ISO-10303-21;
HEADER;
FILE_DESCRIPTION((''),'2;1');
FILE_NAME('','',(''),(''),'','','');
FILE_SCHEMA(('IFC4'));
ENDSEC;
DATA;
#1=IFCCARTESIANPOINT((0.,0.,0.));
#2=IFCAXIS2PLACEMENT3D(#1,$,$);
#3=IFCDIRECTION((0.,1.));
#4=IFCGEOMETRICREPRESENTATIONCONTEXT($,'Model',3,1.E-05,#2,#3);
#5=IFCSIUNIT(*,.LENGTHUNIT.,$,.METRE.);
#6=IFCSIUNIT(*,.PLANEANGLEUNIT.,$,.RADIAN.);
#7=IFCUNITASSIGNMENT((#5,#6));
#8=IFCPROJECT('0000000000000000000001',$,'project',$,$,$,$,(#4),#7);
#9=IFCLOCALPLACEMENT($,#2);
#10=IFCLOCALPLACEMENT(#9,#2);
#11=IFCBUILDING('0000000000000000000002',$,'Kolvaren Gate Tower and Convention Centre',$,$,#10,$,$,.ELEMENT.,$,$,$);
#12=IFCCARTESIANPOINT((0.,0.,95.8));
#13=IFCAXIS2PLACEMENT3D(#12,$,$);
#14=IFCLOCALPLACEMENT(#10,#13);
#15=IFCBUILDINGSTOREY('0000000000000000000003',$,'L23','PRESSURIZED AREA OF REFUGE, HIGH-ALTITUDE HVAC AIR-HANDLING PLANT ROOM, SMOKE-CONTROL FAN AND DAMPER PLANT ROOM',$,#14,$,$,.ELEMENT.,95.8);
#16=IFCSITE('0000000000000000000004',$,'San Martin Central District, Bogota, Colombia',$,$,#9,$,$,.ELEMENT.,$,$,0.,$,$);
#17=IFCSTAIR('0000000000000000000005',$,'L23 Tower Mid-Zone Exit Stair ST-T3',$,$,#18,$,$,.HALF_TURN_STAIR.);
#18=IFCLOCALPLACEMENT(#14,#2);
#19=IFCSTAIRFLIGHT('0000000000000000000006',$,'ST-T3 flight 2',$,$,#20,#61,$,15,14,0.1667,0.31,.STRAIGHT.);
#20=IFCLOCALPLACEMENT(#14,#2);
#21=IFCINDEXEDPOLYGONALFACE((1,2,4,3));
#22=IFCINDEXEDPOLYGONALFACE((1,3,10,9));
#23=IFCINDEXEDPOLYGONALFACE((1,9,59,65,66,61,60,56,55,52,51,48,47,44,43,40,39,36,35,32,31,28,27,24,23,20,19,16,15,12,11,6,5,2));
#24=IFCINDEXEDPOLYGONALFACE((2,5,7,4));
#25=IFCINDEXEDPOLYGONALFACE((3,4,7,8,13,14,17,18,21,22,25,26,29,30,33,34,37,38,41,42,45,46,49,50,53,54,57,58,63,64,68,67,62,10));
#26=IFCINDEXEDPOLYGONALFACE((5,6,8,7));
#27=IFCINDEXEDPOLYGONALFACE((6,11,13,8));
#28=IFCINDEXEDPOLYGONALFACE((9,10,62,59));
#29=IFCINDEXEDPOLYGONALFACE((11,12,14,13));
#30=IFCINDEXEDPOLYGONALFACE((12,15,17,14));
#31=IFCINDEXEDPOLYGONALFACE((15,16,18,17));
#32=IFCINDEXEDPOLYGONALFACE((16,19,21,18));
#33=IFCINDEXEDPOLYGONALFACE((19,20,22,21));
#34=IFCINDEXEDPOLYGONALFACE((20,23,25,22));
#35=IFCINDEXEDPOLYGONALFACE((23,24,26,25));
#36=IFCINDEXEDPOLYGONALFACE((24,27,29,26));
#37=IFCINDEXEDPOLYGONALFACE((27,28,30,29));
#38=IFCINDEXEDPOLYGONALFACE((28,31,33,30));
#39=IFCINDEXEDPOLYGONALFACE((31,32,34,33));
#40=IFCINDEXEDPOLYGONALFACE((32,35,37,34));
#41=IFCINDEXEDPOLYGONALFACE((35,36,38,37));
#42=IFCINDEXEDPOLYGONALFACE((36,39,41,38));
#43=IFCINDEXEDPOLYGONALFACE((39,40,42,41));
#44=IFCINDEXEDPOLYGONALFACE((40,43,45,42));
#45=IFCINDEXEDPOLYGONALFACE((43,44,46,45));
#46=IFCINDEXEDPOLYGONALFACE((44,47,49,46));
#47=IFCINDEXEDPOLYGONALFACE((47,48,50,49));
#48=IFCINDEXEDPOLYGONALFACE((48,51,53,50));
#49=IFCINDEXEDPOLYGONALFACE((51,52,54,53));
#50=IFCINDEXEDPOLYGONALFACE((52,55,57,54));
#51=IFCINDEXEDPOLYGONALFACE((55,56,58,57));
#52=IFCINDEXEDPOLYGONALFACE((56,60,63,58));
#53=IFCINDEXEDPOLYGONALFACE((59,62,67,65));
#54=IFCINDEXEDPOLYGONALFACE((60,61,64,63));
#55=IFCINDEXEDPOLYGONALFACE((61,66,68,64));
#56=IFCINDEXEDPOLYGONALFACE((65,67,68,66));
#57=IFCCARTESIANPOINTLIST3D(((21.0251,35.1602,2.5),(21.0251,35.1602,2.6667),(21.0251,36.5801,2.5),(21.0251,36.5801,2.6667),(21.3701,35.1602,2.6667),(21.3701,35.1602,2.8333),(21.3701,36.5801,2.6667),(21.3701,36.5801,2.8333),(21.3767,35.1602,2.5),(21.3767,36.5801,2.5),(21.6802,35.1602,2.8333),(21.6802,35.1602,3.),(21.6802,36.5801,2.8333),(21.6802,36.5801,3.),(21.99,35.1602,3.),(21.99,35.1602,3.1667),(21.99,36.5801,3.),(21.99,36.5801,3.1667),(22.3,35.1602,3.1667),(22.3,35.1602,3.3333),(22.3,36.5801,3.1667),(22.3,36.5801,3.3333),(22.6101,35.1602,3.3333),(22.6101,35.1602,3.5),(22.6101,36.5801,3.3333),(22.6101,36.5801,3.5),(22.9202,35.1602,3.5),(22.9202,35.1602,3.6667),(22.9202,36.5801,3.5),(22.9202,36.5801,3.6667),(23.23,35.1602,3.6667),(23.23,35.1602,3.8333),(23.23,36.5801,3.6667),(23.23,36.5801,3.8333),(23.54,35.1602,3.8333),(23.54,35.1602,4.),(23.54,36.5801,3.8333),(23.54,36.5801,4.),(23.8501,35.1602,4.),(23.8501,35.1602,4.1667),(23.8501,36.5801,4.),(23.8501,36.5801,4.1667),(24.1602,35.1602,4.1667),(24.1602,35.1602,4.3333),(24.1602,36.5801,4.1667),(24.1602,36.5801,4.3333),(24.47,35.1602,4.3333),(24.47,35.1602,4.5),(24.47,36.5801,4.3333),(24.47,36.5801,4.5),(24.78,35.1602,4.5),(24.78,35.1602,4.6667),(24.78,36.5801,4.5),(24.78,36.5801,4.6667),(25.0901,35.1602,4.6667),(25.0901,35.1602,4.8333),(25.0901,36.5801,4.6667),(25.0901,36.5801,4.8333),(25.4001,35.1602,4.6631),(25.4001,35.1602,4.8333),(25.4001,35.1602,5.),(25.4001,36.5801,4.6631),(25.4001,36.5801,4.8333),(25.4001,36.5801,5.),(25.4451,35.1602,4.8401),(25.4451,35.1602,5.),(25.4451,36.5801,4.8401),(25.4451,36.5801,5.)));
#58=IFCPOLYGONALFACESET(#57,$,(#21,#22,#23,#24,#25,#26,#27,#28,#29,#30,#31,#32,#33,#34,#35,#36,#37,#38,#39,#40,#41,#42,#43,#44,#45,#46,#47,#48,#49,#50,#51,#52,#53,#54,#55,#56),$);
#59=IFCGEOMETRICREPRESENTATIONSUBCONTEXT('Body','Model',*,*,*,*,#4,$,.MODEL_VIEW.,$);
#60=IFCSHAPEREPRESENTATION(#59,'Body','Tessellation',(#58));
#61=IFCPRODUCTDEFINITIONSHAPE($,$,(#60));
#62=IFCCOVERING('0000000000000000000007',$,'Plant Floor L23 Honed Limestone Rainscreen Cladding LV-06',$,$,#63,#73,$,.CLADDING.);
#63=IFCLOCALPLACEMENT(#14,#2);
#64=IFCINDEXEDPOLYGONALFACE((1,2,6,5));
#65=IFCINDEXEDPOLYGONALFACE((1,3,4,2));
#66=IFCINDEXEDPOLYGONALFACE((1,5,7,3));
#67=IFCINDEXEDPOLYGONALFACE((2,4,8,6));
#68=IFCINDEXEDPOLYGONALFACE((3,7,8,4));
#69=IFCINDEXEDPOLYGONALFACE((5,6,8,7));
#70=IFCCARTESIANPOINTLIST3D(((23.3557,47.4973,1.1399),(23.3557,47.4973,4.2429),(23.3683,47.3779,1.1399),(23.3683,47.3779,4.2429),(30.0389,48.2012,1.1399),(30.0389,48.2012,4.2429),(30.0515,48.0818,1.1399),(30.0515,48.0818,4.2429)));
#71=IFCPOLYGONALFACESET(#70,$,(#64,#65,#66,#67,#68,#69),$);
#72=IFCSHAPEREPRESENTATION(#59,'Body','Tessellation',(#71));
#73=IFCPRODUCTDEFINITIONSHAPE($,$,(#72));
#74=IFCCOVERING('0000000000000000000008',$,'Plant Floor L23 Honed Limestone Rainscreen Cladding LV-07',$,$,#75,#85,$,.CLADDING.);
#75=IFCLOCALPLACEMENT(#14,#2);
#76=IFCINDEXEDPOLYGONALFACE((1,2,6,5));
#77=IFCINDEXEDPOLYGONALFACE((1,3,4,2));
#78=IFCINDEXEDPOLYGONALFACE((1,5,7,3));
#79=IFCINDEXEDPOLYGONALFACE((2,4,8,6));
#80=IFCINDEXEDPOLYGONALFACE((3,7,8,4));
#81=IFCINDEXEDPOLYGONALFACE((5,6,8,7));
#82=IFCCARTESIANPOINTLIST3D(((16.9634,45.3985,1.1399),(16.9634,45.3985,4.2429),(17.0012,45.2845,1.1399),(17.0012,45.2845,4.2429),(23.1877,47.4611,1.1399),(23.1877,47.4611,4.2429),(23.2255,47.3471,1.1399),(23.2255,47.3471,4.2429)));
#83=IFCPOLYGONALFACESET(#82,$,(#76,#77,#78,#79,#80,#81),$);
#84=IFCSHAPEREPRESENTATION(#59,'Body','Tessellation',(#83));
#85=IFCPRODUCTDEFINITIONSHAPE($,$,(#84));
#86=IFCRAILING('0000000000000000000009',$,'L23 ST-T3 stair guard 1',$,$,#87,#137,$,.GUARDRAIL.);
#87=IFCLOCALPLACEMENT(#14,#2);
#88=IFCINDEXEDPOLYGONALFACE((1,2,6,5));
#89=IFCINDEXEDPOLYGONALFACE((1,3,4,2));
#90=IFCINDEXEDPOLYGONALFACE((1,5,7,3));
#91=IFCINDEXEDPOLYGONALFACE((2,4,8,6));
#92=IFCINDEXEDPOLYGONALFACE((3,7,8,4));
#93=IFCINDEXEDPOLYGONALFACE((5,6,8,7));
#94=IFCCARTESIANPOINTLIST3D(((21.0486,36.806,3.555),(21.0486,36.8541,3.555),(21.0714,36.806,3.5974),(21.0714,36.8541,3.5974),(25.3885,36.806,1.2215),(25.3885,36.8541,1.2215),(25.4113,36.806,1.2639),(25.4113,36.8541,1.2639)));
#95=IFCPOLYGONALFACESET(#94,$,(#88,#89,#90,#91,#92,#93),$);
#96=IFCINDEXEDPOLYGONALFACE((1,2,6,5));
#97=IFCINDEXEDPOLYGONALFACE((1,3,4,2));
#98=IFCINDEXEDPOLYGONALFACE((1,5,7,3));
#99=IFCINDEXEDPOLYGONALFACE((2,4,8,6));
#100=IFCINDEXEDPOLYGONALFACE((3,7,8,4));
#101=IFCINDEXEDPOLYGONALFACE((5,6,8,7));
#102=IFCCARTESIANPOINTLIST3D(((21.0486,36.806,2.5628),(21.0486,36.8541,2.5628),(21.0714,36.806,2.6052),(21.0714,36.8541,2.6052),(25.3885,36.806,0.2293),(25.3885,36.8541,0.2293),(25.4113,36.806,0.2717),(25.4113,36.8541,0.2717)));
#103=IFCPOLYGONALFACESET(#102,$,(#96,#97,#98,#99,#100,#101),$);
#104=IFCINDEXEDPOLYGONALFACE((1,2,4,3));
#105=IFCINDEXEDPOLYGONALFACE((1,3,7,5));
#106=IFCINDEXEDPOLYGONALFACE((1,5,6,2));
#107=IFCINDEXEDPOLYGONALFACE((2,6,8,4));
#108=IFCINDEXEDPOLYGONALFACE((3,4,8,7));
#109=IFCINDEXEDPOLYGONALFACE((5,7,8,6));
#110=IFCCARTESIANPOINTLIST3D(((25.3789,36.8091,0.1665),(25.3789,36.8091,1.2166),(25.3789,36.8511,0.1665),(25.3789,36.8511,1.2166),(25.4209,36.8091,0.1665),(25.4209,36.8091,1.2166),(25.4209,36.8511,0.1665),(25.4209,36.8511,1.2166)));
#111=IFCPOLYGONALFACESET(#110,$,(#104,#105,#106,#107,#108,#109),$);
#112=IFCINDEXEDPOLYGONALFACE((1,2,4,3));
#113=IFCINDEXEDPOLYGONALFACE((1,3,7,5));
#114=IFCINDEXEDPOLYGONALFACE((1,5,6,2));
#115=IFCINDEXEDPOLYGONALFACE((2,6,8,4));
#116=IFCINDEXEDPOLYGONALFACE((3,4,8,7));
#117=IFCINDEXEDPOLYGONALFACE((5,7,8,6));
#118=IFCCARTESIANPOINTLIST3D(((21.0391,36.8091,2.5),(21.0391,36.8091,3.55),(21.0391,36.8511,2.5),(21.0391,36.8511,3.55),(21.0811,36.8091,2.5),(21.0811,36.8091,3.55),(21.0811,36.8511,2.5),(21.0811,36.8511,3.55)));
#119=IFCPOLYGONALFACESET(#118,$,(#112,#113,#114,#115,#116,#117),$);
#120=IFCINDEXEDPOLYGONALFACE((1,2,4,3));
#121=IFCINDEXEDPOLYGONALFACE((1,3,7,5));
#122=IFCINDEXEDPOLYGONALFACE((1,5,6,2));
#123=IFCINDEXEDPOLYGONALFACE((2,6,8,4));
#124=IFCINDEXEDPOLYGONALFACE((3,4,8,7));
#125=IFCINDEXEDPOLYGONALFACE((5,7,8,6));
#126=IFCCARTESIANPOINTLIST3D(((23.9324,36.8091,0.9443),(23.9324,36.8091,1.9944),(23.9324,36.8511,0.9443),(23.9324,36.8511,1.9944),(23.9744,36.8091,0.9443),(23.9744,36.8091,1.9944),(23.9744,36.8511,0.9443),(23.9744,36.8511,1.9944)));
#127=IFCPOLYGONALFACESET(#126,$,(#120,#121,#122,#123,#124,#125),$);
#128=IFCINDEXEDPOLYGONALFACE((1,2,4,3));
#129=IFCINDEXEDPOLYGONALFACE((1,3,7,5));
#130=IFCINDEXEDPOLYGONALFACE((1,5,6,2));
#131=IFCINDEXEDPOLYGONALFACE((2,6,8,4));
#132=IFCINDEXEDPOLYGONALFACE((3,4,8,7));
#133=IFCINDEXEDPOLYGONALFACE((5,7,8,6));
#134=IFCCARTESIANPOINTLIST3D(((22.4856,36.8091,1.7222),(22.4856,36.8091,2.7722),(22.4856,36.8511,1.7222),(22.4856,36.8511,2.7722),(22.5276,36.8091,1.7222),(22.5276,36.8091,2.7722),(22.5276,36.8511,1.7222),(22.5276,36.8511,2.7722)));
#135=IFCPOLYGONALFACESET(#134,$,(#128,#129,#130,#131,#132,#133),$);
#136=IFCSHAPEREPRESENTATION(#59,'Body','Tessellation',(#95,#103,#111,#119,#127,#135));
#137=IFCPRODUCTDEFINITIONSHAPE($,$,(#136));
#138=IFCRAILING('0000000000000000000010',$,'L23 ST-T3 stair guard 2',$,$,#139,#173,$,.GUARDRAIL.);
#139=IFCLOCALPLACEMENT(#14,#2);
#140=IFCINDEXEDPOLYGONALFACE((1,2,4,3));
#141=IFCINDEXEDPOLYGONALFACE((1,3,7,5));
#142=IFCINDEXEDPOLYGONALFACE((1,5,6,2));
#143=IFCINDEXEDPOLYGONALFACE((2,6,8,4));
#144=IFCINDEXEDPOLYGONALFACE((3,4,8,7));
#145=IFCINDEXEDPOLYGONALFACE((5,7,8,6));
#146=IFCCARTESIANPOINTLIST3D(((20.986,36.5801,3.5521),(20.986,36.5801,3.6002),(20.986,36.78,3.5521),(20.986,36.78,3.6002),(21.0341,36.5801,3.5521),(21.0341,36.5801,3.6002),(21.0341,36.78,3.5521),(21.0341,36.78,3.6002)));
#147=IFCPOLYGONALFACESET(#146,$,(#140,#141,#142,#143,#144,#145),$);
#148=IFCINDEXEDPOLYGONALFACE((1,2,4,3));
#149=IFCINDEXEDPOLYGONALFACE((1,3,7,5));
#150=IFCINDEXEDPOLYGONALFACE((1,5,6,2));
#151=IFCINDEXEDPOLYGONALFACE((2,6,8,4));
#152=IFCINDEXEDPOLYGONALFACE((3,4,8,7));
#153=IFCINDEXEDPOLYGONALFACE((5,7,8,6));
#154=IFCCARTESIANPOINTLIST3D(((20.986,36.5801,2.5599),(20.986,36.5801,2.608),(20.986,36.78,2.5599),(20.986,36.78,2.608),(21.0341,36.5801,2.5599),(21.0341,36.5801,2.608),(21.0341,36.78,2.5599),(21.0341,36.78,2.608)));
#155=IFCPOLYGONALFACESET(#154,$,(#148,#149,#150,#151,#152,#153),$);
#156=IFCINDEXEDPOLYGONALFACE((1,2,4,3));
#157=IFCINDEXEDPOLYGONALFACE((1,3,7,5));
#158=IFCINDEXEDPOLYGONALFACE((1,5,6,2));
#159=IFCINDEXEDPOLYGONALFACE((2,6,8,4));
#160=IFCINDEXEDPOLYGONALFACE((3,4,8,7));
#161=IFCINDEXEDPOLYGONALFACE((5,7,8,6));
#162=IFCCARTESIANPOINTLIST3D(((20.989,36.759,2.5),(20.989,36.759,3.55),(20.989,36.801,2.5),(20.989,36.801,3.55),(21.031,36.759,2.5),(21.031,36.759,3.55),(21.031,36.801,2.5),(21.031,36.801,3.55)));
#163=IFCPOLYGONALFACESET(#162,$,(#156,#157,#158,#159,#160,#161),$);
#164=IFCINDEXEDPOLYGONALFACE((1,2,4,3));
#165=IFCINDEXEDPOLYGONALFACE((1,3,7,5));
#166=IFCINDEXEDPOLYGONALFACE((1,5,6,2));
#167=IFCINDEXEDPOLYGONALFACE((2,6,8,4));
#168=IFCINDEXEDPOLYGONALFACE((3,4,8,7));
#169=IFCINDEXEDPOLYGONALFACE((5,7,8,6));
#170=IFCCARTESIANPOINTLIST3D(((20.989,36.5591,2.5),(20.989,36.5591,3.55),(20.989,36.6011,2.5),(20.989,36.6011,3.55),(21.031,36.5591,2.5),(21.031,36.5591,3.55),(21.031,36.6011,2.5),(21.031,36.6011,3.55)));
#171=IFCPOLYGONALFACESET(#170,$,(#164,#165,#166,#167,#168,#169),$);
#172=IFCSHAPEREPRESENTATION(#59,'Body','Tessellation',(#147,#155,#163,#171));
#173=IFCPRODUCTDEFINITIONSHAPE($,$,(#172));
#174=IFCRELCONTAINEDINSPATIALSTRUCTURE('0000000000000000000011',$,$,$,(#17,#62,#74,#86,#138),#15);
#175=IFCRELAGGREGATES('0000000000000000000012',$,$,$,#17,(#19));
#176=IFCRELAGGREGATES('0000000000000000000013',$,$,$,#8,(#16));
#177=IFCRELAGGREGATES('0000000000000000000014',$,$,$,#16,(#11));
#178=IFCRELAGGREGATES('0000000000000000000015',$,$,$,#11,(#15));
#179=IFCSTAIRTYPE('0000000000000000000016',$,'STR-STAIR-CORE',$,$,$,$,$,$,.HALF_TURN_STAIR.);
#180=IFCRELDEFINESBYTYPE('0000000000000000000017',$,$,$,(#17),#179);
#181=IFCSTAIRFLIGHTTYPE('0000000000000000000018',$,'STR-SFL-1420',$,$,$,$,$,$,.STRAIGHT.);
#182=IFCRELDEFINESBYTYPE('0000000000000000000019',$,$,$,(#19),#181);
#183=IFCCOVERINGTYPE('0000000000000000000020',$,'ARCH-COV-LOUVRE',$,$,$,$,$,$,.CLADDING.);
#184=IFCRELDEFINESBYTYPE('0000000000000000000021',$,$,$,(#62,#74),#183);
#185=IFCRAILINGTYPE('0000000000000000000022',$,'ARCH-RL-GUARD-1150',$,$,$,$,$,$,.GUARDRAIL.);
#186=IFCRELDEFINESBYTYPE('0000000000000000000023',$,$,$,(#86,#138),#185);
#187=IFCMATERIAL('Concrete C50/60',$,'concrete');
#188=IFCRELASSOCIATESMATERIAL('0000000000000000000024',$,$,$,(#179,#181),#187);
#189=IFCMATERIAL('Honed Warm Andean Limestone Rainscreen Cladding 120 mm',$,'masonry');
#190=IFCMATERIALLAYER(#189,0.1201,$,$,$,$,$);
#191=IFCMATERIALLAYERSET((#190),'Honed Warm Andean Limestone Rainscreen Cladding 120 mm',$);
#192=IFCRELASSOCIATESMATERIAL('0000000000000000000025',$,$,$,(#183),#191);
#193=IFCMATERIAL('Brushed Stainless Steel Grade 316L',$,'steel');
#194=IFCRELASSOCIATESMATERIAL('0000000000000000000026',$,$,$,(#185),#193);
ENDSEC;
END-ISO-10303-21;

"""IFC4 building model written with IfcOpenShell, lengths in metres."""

from ifc_helpers import new_model, si_unit, direction, frame, origin, origin_2d, place, context, subcontext, project, spatial, polyline, rectangle, outline, extrude, material, layer, layer_set, type_object, element, aggregate, save


model = new_model("IFC4")

# Units and contexts
model_context = context("Model", 3, precision=1e-05, world=origin(), true_north=direction((0.0, 1.0)))
body_context = subcontext(model_context, "Body", "Model", "MODEL_VIEW")
ifc_project = project(units=[si_unit("LENGTHUNIT", "METRE"), si_unit("PLANEANGLEUNIT", "RADIAN")], contexts=[model_context])

# Site, building, storey
site_placement = place(None, origin())
site = spatial("IfcSite", under=ifc_project, at=site_placement, Name="San Martin Central District, Bogota, Colombia", CompositionType="ELEMENT", RefElevation=0.0)
building_placement = place(site_placement, origin())
building = spatial("IfcBuilding", under=site, at=building_placement, Name="Kolvaren Gate Tower and Convention Centre", CompositionType="ELEMENT")
storey_placement = place(building_placement, frame((0.0, 0.0, 95.8)))
storey = spatial("IfcBuildingStorey", under=building, at=storey_placement, Name="L23", Description="PRESSURIZED AREA OF REFUGE, HIGH-ALTITUDE HVAC AIR-HANDLING PLANT ROOM, SMOKE-CONTROL FAN AND DAMPER PLANT ROOM", CompositionType="ELEMENT", Elevation=95.8)

# Shared definitions
ifc_material_1 = material(Name="Concrete C50/60", Category="concrete")

# Stair, stair flight
stair_type = type_object("IfcStairType", Name="STR-STAIR-CORE", PredefinedType="HALF_TURN_STAIR", material=ifc_material_1)
stair_placement = place(storey_placement, origin())
stair = element("IfcStair", 1, at=stair_placement, inside=storey, type_object=stair_type, Name="L23 Tower Mid-Zone Exit Stair ST-T3", PredefinedType="HALF_TURN_STAIR")
stair_flight_type = type_object("IfcStairFlightType", Name="STR-SFL-1420", PredefinedType="STRAIGHT", material=ifc_material_1)
stair_flight_1_placement = place(storey_placement, frame((21.0601, 35.8701, 2.5), z_axis=(0.0, 0.0, 1.0), x_axis=(1.0, 0.0, 0.0)))
stair_flight_1 = element("IfcStairFlight", 2, at=stair_flight_1_placement, type_object=stair_flight_type, Name="ST-T3 flight 2", NumberOfRisers=15, NumberOfTreads=14, PredefinedType="STRAIGHT", RiserHeight=0.1667, TreadLength=0.31, context=body_context, shape_type="SweptSolid", body=[
    extrude(outline(polyline([(-0.0349, 0.0), (-0.0349, 0.1667), (0.3101, 0.1667), (0.3101, 0.3333), (0.6201, 0.3333), (0.6201, 0.5), (0.9299, 0.5), (0.9299, 0.6667), (1.24, 0.6667), (1.24, 0.8333), (1.55, 0.8333), (1.55, 1.0), (1.8601, 1.0), (1.8601, 1.1667), (2.1699, 1.1667), (2.1699, 1.3333), (2.48, 1.3333), (2.48, 1.5), (2.79, 1.5), (2.79, 1.6667), (3.1001, 1.6667), (3.1001, 1.8333), (3.4099, 1.8333), (3.4099, 2.0), (3.72, 2.0), (3.72, 2.1667), (4.03, 2.1667), (4.03, 2.3333), (4.3401, 2.3333), (4.3401, 2.5), (4.385, 2.5), (4.385, 2.3401), (4.3401, 2.1631), (0.3167, 0.0), (-0.0349, 0.0)])), frame((0.0, 0.71, 0.0), z_axis=(0.0, -1.0, 0.0), x_axis=(1.0, 0.0, 0.0)), (0.0, 0.0, 1.0), 1.4199),
])
aggregate(stair, [stair_flight_1])

# Coverings
ifc_material_2 = material(Name="Honed Warm Andean Limestone Rainscreen Cladding 120 mm", Category="masonry")
ifc_layer_1 = layer(ifc_material_2, 0.1201)
ifc_layer_set_1 = layer_set([ifc_layer_1], Name="Honed Warm Andean Limestone Rainscreen Cladding 120 mm")
covering_type = type_object("IfcCoveringType", Name="ARCH-COV-LOUVRE", PredefinedType="CLADDING", material=ifc_layer_set_1)
covering_1_placement = place(storey_placement, frame((26.7036, 47.7896, 1.1399), z_axis=(0.0, 0.0, 1.0), x_axis=(0.994499, 0.104747, 0.0)))
element("IfcCovering", 3, at=covering_1_placement, inside=storey, type_object=covering_type, Name="Plant Floor L23 Honed Limestone Rainscreen Cladding LV-06", PredefinedType="CLADDING", context=body_context, shape_type="SweptSolid", body=[
    extrude(rectangle(XDim=6.7202, YDim=0.1201, at=origin_2d()), origin(), (0.0, 0.0, 1.0), 3.103),
])
covering_2_placement = place(storey_placement, frame((20.0945, 46.3728, 1.1399), z_axis=(0.0, 0.0, 1.0), x_axis=(0.94924, 0.314552, 0.0)))
element("IfcCovering", 4, at=covering_2_placement, inside=storey, type_object=covering_type, Name="Plant Floor L23 Honed Limestone Rainscreen Cladding LV-07", PredefinedType="CLADDING", context=body_context, shape_type="SweptSolid", body=[
    extrude(rectangle(XDim=6.5571, YDim=0.1201, at=origin_2d()), origin(), (0.0, 0.0, 1.0), 3.103),
])

# Railings
ifc_material_3 = material(Name="Brushed Stainless Steel Grade 316L", Category="steel")
railing_type_1 = type_object("IfcRailingType", Name="ARCH-RL-GUARD-1150", PredefinedType="GUARDRAIL", material=ifc_material_3)
railing_1_placement = place(storey_placement, frame((25.3999, 36.8301, 0.1665)))
element("IfcRailing", 5, at=railing_1_placement, inside=storey, type_object=railing_type_1, Name="L23 ST-T3 stair guard 1", PredefinedType="GUARDRAIL", context=body_context, shape_type="SweptSolid", body=[
    extrude(rectangle(XDim=0.0481, YDim=0.0481, at=origin_2d()), frame((0.0, 0.0, 1.0762), z_axis=(-0.880754, 0.0, 0.473574), x_axis=(0.0, -1.0, 0.0)), (0.0, 0.0, 1.0), 4.9275),
    extrude(rectangle(XDim=0.0481, YDim=0.0481, at=origin_2d()), frame((0.0, 0.0, 0.084), z_axis=(-0.880754, 0.0, 0.473574), x_axis=(0.0, -1.0, 0.0)), (0.0, 0.0, 1.0), 4.9275),
    extrude(rectangle(XDim=0.042, YDim=0.042, at=origin_2d()), origin(), (0.0, 0.0, 1.0), 1.05),
    extrude(rectangle(XDim=0.042, YDim=0.042, at=origin_2d()), frame((-4.3398, 0.0, 2.3335)), (0.0, 0.0, 1.0), 1.05),
    extrude(rectangle(XDim=0.042, YDim=0.042, at=origin_2d()), frame((-1.4465, 0.0, 0.7778)), (0.0, 0.0, 1.0), 1.05),
    extrude(rectangle(XDim=0.042, YDim=0.042, at=origin_2d()), frame((-2.8933, 0.0, 1.5557)), (0.0, 0.0, 1.0), 1.05),
])
railing_2_placement = place(storey_placement, frame((21.01, 36.78, 2.5)))
element("IfcRailing", 6, at=railing_2_placement, inside=storey, type_object=railing_type_1, Name="L23 ST-T3 stair guard 2", PredefinedType="GUARDRAIL", context=body_context, shape_type="SweptSolid", body=[
    extrude(rectangle(XDim=0.0481, YDim=0.0481, at=origin_2d()), frame((0.0, 0.0, 1.0762), z_axis=(0.0, -1.0, 0.0), x_axis=(1.0, 0.0, 0.0)), (0.0, 0.0, 1.0), 0.2),
    extrude(rectangle(XDim=0.0481, YDim=0.0481, at=origin_2d()), frame((0.0, 0.0, 0.084), z_axis=(0.0, -1.0, 0.0), x_axis=(1.0, 0.0, 0.0)), (0.0, 0.0, 1.0), 0.2),
    extrude(rectangle(XDim=0.042, YDim=0.042, at=origin_2d()), origin(), (0.0, 0.0, 1.0), 1.05),
    extrude(rectangle(XDim=0.042, YDim=0.042, at=origin_2d()), frame((0.0, -0.2, 0.0)), (0.0, 0.0, 1.0), 1.05),
])

save(model, "model.ifc")
